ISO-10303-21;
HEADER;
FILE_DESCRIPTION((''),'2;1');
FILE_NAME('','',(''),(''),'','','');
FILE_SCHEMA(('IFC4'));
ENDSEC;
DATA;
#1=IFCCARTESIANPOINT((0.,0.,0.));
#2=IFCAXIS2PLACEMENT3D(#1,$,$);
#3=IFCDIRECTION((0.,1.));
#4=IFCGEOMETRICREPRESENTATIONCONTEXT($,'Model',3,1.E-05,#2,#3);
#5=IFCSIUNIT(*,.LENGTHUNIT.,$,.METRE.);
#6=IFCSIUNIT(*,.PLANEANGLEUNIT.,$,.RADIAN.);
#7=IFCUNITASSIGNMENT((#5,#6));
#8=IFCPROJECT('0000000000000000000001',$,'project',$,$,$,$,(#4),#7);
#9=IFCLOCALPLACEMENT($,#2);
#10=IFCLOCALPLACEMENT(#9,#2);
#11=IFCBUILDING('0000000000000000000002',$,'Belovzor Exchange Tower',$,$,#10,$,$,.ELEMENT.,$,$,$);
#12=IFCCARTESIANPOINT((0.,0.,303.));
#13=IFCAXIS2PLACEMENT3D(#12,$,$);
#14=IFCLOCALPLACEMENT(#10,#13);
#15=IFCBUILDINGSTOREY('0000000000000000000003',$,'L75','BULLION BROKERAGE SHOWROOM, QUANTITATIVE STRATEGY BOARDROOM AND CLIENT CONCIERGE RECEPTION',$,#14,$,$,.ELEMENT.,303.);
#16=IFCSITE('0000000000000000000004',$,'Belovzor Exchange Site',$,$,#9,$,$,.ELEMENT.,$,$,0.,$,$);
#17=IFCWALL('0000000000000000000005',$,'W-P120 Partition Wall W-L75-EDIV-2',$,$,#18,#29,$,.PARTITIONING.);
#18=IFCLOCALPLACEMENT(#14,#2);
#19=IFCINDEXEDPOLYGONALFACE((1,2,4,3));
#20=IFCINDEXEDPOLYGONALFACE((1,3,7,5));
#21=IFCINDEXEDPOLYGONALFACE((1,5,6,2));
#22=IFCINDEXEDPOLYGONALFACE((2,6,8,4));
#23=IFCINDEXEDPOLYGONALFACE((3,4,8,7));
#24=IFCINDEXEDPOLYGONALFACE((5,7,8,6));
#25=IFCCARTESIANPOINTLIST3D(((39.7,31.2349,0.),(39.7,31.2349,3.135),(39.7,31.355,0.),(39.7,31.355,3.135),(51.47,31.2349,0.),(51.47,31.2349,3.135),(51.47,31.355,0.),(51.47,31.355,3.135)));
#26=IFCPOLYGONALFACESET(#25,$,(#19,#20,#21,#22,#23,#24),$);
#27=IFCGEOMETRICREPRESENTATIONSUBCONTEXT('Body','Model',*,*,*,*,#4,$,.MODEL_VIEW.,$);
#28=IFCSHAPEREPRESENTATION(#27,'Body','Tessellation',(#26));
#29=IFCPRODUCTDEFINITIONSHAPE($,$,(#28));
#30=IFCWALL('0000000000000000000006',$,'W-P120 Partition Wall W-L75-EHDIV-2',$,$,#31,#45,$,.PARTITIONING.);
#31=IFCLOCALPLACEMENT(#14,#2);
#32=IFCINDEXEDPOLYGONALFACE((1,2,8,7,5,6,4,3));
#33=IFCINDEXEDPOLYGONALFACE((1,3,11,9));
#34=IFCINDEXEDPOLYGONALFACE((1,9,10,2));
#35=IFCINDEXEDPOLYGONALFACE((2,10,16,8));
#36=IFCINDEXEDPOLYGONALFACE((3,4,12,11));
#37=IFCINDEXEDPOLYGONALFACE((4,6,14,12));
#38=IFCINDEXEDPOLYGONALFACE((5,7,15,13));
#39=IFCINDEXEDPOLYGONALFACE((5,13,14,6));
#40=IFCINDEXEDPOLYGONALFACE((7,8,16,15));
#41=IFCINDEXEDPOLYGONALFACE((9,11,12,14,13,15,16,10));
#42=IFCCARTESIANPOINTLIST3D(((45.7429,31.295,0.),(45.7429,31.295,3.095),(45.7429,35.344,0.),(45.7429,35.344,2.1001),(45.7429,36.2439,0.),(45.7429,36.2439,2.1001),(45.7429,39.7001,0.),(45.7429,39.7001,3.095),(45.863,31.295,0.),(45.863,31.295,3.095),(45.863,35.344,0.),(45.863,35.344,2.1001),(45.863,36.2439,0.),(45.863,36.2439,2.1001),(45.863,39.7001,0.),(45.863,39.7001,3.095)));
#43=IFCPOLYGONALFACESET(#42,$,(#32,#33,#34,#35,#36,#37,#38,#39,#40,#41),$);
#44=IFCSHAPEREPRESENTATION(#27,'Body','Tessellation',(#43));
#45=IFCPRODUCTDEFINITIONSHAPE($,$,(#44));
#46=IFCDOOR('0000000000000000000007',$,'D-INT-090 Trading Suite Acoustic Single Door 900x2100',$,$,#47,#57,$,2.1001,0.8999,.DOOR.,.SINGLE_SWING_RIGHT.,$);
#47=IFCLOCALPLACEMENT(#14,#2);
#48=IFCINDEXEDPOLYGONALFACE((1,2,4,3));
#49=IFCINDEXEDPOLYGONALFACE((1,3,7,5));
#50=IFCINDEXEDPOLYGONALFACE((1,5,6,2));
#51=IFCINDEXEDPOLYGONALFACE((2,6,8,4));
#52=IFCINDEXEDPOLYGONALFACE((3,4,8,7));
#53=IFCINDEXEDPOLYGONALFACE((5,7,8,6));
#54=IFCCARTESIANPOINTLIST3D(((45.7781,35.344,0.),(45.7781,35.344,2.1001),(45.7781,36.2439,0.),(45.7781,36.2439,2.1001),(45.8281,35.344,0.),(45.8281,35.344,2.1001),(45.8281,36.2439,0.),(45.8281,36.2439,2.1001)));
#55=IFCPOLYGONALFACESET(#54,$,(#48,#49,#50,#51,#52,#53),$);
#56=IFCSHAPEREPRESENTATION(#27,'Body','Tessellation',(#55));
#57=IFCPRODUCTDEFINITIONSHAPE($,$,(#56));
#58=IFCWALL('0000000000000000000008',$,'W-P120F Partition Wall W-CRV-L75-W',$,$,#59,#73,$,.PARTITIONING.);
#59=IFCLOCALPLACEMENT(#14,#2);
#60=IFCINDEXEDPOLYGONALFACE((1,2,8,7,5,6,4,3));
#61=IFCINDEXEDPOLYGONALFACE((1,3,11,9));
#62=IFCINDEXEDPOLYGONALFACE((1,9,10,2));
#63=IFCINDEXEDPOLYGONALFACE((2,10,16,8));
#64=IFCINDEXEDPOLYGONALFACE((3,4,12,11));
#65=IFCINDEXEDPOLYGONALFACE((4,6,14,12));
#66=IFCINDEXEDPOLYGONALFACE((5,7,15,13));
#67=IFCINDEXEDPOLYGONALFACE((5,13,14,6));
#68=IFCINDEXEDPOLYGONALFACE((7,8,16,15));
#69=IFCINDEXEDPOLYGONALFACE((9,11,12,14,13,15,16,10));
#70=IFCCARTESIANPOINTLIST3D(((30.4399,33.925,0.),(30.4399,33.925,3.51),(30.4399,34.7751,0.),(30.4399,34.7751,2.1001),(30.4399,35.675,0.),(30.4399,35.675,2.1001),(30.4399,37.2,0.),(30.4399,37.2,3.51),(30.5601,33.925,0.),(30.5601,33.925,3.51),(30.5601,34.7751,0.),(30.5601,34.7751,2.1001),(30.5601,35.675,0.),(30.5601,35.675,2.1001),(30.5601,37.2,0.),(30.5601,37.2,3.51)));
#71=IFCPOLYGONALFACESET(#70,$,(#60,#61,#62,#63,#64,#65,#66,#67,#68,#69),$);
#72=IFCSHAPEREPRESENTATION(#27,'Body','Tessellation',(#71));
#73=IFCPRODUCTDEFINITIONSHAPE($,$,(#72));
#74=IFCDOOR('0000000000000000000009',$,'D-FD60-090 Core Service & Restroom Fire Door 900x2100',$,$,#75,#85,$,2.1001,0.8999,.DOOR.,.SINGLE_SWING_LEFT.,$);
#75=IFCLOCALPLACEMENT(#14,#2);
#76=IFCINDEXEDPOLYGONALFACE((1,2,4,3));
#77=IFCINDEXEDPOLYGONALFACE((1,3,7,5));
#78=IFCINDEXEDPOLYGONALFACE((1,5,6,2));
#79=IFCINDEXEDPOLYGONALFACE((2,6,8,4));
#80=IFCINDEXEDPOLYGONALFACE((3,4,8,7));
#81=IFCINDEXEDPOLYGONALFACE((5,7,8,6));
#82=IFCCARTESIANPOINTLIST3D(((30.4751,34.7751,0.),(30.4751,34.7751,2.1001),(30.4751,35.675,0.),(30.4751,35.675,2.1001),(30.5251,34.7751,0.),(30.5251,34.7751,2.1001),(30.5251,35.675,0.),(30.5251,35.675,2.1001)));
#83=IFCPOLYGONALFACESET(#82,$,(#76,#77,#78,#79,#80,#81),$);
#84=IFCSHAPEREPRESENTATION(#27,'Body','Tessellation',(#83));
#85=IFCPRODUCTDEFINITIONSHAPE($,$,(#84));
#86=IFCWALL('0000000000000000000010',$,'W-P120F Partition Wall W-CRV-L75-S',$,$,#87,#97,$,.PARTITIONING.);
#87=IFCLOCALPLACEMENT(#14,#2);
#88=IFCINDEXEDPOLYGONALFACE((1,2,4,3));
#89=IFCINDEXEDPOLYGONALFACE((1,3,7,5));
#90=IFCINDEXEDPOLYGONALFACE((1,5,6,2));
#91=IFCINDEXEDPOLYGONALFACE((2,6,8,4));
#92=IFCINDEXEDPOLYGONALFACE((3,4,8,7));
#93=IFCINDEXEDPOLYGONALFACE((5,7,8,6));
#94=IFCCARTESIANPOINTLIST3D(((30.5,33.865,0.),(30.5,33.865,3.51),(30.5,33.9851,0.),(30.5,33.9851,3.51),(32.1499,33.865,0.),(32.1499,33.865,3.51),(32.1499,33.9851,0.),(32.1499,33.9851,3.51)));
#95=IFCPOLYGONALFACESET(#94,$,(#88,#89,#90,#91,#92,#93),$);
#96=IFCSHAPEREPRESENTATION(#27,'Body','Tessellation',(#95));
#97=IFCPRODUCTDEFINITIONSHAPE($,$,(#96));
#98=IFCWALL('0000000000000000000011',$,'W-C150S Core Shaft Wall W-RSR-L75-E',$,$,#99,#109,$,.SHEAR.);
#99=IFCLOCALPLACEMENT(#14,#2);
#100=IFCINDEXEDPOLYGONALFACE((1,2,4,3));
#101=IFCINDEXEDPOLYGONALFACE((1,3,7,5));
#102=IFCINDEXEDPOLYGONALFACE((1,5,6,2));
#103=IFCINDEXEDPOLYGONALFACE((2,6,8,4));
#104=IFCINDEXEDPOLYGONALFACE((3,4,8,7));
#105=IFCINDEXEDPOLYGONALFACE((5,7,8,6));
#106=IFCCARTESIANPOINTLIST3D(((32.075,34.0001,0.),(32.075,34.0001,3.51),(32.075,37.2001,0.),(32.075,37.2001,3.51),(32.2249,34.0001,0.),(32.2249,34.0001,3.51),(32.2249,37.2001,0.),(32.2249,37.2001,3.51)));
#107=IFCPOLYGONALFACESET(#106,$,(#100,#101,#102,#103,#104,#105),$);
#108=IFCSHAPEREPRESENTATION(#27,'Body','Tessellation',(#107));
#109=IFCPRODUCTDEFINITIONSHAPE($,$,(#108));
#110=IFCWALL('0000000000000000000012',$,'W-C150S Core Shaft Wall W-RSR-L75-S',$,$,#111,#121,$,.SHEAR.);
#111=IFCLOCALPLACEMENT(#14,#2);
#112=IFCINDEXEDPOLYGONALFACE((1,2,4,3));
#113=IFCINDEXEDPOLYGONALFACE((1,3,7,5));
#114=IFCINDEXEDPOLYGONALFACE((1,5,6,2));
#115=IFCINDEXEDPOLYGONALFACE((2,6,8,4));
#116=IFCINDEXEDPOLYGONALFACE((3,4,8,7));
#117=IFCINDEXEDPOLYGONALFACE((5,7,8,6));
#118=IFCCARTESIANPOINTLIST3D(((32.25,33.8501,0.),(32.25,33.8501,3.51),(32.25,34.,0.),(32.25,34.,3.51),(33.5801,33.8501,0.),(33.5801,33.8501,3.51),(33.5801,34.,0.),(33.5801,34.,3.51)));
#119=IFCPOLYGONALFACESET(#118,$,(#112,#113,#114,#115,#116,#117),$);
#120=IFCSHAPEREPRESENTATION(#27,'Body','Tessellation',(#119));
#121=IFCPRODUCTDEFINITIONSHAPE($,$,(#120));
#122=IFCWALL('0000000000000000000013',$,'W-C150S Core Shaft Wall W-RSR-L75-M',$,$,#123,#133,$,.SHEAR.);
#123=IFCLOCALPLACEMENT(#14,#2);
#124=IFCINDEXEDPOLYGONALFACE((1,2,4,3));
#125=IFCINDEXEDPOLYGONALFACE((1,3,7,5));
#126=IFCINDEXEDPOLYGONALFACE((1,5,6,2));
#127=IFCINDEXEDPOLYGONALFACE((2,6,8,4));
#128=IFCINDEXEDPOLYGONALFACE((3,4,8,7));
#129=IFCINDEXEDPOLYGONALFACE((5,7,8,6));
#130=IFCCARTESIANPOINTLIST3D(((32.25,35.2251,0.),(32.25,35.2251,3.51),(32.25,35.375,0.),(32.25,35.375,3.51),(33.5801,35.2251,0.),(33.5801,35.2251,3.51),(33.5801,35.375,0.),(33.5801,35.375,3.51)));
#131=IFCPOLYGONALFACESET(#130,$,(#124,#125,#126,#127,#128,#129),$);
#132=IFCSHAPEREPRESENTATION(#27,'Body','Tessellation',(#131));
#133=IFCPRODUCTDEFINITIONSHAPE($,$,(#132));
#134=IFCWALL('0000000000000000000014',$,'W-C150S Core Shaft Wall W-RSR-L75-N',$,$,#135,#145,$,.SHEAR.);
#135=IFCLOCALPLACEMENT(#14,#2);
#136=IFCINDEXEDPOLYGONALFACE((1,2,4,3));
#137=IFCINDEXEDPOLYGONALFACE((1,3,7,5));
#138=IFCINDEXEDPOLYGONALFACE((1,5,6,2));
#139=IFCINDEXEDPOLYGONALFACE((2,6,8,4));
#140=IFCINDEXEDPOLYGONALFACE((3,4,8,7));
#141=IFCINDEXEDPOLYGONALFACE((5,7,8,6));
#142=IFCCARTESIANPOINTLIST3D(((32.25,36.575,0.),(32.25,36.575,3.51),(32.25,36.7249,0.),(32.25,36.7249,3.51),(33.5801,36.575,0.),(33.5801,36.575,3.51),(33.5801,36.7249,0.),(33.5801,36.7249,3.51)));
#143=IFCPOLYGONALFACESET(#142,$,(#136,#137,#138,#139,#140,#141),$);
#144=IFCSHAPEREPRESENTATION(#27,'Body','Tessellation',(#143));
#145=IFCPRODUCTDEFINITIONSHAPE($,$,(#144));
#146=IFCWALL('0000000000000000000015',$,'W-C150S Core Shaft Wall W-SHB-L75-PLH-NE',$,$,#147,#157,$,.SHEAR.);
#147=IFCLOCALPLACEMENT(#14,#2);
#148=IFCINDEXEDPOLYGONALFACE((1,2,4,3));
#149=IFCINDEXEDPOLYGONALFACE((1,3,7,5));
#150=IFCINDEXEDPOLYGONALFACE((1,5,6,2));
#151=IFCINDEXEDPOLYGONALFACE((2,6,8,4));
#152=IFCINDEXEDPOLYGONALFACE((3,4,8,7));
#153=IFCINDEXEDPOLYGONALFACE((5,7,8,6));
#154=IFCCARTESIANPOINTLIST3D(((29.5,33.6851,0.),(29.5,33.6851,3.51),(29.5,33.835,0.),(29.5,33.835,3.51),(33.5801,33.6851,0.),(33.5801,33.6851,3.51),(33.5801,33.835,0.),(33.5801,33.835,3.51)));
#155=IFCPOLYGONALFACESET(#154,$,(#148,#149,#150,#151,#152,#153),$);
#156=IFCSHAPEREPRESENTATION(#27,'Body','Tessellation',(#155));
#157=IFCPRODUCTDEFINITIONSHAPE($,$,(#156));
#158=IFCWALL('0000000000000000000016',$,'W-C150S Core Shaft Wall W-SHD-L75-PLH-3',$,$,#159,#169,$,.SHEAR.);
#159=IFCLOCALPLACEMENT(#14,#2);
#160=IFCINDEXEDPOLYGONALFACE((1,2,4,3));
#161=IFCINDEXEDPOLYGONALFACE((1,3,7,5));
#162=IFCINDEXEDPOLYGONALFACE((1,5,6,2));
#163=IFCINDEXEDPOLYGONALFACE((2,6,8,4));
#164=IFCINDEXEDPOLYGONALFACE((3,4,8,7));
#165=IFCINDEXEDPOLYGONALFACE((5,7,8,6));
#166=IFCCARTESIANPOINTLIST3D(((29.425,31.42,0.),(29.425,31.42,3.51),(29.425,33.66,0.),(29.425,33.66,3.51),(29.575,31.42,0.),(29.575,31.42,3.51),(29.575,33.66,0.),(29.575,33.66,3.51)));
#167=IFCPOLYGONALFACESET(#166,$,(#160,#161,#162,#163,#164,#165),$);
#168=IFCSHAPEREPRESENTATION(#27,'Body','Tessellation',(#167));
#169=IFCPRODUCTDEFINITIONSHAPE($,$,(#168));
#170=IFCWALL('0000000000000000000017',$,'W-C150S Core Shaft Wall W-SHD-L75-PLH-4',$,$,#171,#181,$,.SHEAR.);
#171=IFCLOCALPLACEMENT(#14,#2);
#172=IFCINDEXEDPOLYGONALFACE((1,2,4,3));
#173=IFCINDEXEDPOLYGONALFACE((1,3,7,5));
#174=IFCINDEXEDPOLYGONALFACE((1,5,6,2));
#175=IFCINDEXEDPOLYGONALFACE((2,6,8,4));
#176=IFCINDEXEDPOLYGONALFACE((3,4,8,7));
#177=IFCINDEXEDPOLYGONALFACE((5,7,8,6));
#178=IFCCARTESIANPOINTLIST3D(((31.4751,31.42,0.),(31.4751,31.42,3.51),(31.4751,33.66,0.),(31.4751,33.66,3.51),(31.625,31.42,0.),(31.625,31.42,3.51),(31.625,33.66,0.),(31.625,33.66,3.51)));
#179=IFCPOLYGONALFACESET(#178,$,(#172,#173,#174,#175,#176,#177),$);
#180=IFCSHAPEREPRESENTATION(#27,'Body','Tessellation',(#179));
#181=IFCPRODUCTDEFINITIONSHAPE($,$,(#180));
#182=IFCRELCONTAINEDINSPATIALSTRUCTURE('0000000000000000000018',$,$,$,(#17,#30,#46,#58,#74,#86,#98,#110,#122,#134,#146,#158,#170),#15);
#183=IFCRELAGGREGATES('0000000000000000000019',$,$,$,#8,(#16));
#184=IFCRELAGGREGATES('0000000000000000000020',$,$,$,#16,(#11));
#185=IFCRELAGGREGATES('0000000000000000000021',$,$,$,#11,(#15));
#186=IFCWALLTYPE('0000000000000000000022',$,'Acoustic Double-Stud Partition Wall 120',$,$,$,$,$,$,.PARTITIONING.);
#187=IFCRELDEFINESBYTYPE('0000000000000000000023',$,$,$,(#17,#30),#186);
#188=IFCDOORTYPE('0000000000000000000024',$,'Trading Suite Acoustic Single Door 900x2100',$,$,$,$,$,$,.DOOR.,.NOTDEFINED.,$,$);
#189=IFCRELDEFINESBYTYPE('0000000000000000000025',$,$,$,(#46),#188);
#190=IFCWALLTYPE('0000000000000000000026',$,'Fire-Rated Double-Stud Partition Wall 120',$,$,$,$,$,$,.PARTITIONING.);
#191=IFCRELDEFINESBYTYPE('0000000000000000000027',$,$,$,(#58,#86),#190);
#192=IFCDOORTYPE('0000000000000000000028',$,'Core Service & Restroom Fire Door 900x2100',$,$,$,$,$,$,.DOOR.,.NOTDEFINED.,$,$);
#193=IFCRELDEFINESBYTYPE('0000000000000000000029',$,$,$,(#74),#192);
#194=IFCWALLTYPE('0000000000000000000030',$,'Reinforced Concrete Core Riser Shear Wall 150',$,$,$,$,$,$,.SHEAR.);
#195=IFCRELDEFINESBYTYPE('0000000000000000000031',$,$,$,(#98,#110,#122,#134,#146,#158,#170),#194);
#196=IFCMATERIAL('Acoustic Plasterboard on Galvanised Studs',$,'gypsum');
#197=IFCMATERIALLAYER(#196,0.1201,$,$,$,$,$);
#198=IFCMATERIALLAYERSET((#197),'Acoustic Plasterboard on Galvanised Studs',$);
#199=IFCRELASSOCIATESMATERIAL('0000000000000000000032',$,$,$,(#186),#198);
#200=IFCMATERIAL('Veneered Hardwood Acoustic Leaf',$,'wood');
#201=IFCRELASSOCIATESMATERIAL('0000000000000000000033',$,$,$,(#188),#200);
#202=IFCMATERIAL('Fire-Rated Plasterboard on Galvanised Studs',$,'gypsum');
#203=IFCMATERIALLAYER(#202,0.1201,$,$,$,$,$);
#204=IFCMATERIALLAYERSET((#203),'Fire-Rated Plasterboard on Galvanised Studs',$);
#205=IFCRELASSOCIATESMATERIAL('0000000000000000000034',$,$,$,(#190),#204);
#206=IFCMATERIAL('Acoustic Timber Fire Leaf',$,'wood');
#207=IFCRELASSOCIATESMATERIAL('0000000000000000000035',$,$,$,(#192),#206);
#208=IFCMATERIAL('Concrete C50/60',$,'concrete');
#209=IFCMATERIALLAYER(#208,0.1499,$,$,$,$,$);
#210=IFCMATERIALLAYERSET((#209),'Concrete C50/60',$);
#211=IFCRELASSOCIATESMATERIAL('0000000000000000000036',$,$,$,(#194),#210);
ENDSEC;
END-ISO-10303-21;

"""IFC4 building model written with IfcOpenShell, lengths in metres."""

from ifc_helpers import new_model, si_unit, direction, frame, frame_2d, origin, place, context, subcontext, project, spatial, rectangle, extrude, material, layer, layer_set, type_object, element, fill, save


model = new_model("IFC4")

# Units and contexts
model_context = context("Model", 3, precision=1e-05, world=origin(), true_north=direction((0.0, 1.0)))
body_context = subcontext(model_context, "Body", "Model", "MODEL_VIEW")
ifc_project = project(units=[si_unit("LENGTHUNIT", "METRE"), si_unit("PLANEANGLEUNIT", "RADIAN")], contexts=[model_context])

# Site, building, storey
site_placement = place(None, origin())
site = spatial("IfcSite", under=ifc_project, at=site_placement, Name="Belovzor Exchange Site", CompositionType="ELEMENT", RefElevation=0.0)
building_placement = place(site_placement, origin())
building = spatial("IfcBuilding", under=site, at=building_placement, Name="Belovzor Exchange Tower", CompositionType="ELEMENT")
storey_placement = place(building_placement, frame((0.0, 0.0, 303.0)))
storey = spatial("IfcBuildingStorey", under=building, at=storey_placement, Name="L75", Description="BULLION BROKERAGE SHOWROOM, QUANTITATIVE STRATEGY BOARDROOM AND CLIENT CONCIERGE RECEPTION", CompositionType="ELEMENT", Elevation=303.0)

# Wall
ifc_material_1 = material(Name="Acoustic Plasterboard on Galvanised Studs", Category="gypsum")
ifc_layer_1 = layer(ifc_material_1, 0.1201)
ifc_layer_set_1 = layer_set([ifc_layer_1], Name="Acoustic Plasterboard on Galvanised Studs")
wall_type_1 = type_object("IfcWallType", Name="Acoustic Double-Stud Partition Wall 120", PredefinedType="PARTITIONING", material=ifc_layer_set_1)
wall_1_placement = place(storey_placement, frame((39.7, 31.2949, 0.0), z_axis=(0.0, 0.0, 1.0), x_axis=(1.0, 0.0, 0.0)))
element("IfcWall", 1, at=wall_1_placement, inside=storey, type_object=wall_type_1, Name="W-P120 Partition Wall W-L75-EDIV-2", PredefinedType="PARTITIONING", context=body_context, shape_type="SweptSolid", body=[
    extrude(rectangle(XDim=11.77, YDim=0.1201, at=frame_2d((5.885, 0.0))), origin(), (0.0, 0.0, 1.0), 3.135),
])

# Walls, openings, doors
wall_2_placement = place(storey_placement, frame((45.803, 31.2949, 0.0), z_axis=(0.0, 0.0, 1.0), x_axis=(0.0, 1.0, 0.0)))
wall_2 = element("IfcWall", 2, at=wall_2_placement, inside=storey, type_object=wall_type_1, Name="W-P120 Partition Wall W-L75-EHDIV-2", PredefinedType="PARTITIONING", context=body_context, shape_type="SweptSolid", body=[
    extrude(rectangle(XDim=8.405, YDim=0.1201, at=frame_2d((4.2026, 0.0))), origin(), (0.0, 0.0, 1.0), 3.095),
])
opening_1_placement = place(wall_2_placement, frame((4.0491, 0.0, 0.0)))
opening_1 = element("IfcOpeningElement", 3, at=opening_1_placement, cuts=wall_2, PredefinedType="OPENING", context=body_context, shape_type="SweptSolid", body=[
    extrude(rectangle(XDim=0.8999, YDim=2.1001, at=frame_2d((0.45, 1.05))), frame((0.0, 0.0701, 0.0), z_axis=(0.0, -1.0, 0.0), x_axis=(1.0, 0.0, 0.0)), (0.0, 0.0, 1.0), 0.1401),
])
ifc_material_2 = material(Name="Veneered Hardwood Acoustic Leaf", Category="wood")
door_type_1 = type_object("IfcDoorType", Name="Trading Suite Acoustic Single Door 900x2100", OperationType="NOTDEFINED", PredefinedType="DOOR", material=ifc_material_2)
door_1_placement = place(opening_1_placement, origin())
door_1 = element("IfcDoor", 4, at=door_1_placement, inside=storey, type_object=door_type_1, Name="D-INT-090 Trading Suite Acoustic Single Door 900x2100", OperationType="SINGLE_SWING_RIGHT", OverallHeight=2.1001, OverallWidth=0.8999, PredefinedType="DOOR", context=body_context, shape_type="SweptSolid", body=[
    extrude(rectangle(XDim=0.8999, YDim=2.1001, at=frame_2d((0.45, 1.05))), frame((0.0, 0.0249, 0.0), z_axis=(0.0, -1.0, 0.0), x_axis=(1.0, 0.0, 0.0)), (0.0, 0.0, 1.0), 0.05),
])
fill(opening_1, door_1)
ifc_material_3 = material(Name="Fire-Rated Plasterboard on Galvanised Studs", Category="gypsum")
ifc_layer_2 = layer(ifc_material_3, 0.1201)
ifc_layer_set_2 = layer_set([ifc_layer_2], Name="Fire-Rated Plasterboard on Galvanised Studs")
wall_type_2 = type_object("IfcWallType", Name="Fire-Rated Double-Stud Partition Wall 120", PredefinedType="PARTITIONING", material=ifc_layer_set_2)
wall_3_placement = place(storey_placement, frame((30.5, 33.925, 0.0), z_axis=(0.0, 0.0, 1.0), x_axis=(0.0, 1.0, 0.0)))
wall_3 = element("IfcWall", 5, at=wall_3_placement, inside=storey, type_object=wall_type_2, Name="W-P120F Partition Wall W-CRV-L75-W", PredefinedType="PARTITIONING", context=body_context, shape_type="SweptSolid", body=[
    extrude(rectangle(XDim=3.2749, YDim=0.1201, at=frame_2d((1.6375, 0.0))), origin(), (0.0, 0.0, 1.0), 3.51),
])
opening_2_placement = place(wall_3_placement, frame((0.8501, 0.0, 0.0)))
opening_2 = element("IfcOpeningElement", 6, at=opening_2_placement, cuts=wall_3, PredefinedType="OPENING", context=body_context, shape_type="SweptSolid", body=[
    extrude(rectangle(XDim=0.8999, YDim=2.1001, at=frame_2d((0.45, 1.05))), frame((0.0, 0.0701, 0.0), z_axis=(0.0, -1.0, 0.0), x_axis=(1.0, 0.0, 0.0)), (0.0, 0.0, 1.0), 0.1401),
])
ifc_material_4 = material(Name="Acoustic Timber Fire Leaf", Category="wood")
door_type_2 = type_object("IfcDoorType", Name="Core Service & Restroom Fire Door 900x2100", OperationType="NOTDEFINED", PredefinedType="DOOR", material=ifc_material_4)
door_2_placement = place(opening_2_placement, origin())
door_2 = element("IfcDoor", 7, at=door_2_placement, inside=storey, type_object=door_type_2, Name="D-FD60-090 Core Service & Restroom Fire Door 900x2100", OperationType="SINGLE_SWING_LEFT", OverallHeight=2.1001, OverallWidth=0.8999, PredefinedType="DOOR", context=body_context, shape_type="SweptSolid", body=[
    extrude(rectangle(XDim=0.8999, YDim=2.1001, at=frame_2d((0.45, 1.05))), frame((0.0, 0.0249, 0.0), z_axis=(0.0, -1.0, 0.0), x_axis=(1.0, 0.0, 0.0)), (0.0, 0.0, 1.0), 0.05),
])
fill(opening_2, door_2)

# Walls
wall_4_placement = place(storey_placement, frame((30.5, 33.925, 0.0), z_axis=(0.0, 0.0, 1.0), x_axis=(1.0, 0.0, 0.0)))
element("IfcWall", 8, at=wall_4_placement, inside=storey, type_object=wall_type_2, Name="W-P120F Partition Wall W-CRV-L75-S", PredefinedType="PARTITIONING", context=body_context, shape_type="SweptSolid", body=[
    extrude(rectangle(XDim=1.6499, YDim=0.1201, at=frame_2d((0.825, 0.0))), origin(), (0.0, 0.0, 1.0), 3.51),
])
ifc_material_5 = material(Name="Concrete C50/60", Category="concrete")
ifc_layer_3 = layer(ifc_material_5, 0.1499)
ifc_layer_set_3 = layer_set([ifc_layer_3], Name="Concrete C50/60")
wall_type_3 = type_object("IfcWallType", Name="Reinforced Concrete Core Riser Shear Wall 150", PredefinedType="SHEAR", material=ifc_layer_set_3)
wall_5_placement = place(storey_placement, frame((32.1499, 34.0, 0.0), z_axis=(0.0, 0.0, 1.0), x_axis=(0.0, 1.0, 0.0)))
element("IfcWall", 9, at=wall_5_placement, inside=storey, type_object=wall_type_3, Name="W-C150S Core Shaft Wall W-RSR-L75-E", PredefinedType="SHEAR", context=body_context, shape_type="SweptSolid", body=[
    extrude(rectangle(XDim=3.2, YDim=0.1499, at=frame_2d((1.6001, 0.0))), origin(), (0.0, 0.0, 1.0), 3.51),
])
for number, where, z_axis, x_axis, name in (
    (10, (32.25, 33.925, 0.0), (0.0, 0.0, 1.0), (1.0, 0.0, 0.0), "W-C150S Core Shaft Wall W-RSR-L75-S"),
    (11, (32.25, 35.3, 0.0), (0.0, 0.0, 1.0), (1.0, 0.0, 0.0), "W-C150S Core Shaft Wall W-RSR-L75-M"),
    (12, (32.25, 36.6499, 0.0), (0.0, 0.0, 1.0), (1.0, 0.0, 0.0), "W-C150S Core Shaft Wall W-RSR-L75-N"),
):
    element("IfcWall", number, at=place(storey_placement, frame(where, z_axis=z_axis, x_axis=x_axis)), inside=storey, type_object=wall_type_3, Name=name, PredefinedType="SHEAR", context=body_context, shape_type="SweptSolid", body=[
        extrude(rectangle(XDim=1.3301, YDim=0.1499, at=frame_2d((0.665, 0.0))), origin(), (0.0, 0.0, 1.0), 3.51),
    ])
wall_6_placement = place(storey_placement, frame((29.5, 33.76, 0.0), z_axis=(0.0, 0.0, 1.0), x_axis=(1.0, 0.0, 0.0)))
element("IfcWall", 13, at=wall_6_placement, inside=storey, type_object=wall_type_3, Name="W-C150S Core Shaft Wall W-SHB-L75-PLH-NE", PredefinedType="SHEAR", context=body_context, shape_type="SweptSolid", body=[
    extrude(rectangle(XDim=4.0801, YDim=0.1499, at=frame_2d((2.04, 0.0))), origin(), (0.0, 0.0, 1.0), 3.51),
])
for number, where, z_axis, x_axis, name in (
    (14, (29.5, 31.4199, 0.0), (0.0, 0.0, 1.0), (0.0, 1.0, 0.0), "W-C150S Core Shaft Wall W-SHD-L75-PLH-3"),
    (15, (31.55, 31.4199, 0.0), (0.0, 0.0, 1.0), (0.0, 1.0, 0.0), "W-C150S Core Shaft Wall W-SHD-L75-PLH-4"),
):
    element("IfcWall", number, at=place(storey_placement, frame(where, z_axis=z_axis, x_axis=x_axis)), inside=storey, type_object=wall_type_3, Name=name, PredefinedType="SHEAR", context=body_context, shape_type="SweptSolid", body=[
        extrude(rectangle(XDim=2.24, YDim=0.1499, at=frame_2d((1.1201, 0.0))), origin(), (0.0, 0.0, 1.0), 3.51),
    ])

save(model, "model.ifc")
